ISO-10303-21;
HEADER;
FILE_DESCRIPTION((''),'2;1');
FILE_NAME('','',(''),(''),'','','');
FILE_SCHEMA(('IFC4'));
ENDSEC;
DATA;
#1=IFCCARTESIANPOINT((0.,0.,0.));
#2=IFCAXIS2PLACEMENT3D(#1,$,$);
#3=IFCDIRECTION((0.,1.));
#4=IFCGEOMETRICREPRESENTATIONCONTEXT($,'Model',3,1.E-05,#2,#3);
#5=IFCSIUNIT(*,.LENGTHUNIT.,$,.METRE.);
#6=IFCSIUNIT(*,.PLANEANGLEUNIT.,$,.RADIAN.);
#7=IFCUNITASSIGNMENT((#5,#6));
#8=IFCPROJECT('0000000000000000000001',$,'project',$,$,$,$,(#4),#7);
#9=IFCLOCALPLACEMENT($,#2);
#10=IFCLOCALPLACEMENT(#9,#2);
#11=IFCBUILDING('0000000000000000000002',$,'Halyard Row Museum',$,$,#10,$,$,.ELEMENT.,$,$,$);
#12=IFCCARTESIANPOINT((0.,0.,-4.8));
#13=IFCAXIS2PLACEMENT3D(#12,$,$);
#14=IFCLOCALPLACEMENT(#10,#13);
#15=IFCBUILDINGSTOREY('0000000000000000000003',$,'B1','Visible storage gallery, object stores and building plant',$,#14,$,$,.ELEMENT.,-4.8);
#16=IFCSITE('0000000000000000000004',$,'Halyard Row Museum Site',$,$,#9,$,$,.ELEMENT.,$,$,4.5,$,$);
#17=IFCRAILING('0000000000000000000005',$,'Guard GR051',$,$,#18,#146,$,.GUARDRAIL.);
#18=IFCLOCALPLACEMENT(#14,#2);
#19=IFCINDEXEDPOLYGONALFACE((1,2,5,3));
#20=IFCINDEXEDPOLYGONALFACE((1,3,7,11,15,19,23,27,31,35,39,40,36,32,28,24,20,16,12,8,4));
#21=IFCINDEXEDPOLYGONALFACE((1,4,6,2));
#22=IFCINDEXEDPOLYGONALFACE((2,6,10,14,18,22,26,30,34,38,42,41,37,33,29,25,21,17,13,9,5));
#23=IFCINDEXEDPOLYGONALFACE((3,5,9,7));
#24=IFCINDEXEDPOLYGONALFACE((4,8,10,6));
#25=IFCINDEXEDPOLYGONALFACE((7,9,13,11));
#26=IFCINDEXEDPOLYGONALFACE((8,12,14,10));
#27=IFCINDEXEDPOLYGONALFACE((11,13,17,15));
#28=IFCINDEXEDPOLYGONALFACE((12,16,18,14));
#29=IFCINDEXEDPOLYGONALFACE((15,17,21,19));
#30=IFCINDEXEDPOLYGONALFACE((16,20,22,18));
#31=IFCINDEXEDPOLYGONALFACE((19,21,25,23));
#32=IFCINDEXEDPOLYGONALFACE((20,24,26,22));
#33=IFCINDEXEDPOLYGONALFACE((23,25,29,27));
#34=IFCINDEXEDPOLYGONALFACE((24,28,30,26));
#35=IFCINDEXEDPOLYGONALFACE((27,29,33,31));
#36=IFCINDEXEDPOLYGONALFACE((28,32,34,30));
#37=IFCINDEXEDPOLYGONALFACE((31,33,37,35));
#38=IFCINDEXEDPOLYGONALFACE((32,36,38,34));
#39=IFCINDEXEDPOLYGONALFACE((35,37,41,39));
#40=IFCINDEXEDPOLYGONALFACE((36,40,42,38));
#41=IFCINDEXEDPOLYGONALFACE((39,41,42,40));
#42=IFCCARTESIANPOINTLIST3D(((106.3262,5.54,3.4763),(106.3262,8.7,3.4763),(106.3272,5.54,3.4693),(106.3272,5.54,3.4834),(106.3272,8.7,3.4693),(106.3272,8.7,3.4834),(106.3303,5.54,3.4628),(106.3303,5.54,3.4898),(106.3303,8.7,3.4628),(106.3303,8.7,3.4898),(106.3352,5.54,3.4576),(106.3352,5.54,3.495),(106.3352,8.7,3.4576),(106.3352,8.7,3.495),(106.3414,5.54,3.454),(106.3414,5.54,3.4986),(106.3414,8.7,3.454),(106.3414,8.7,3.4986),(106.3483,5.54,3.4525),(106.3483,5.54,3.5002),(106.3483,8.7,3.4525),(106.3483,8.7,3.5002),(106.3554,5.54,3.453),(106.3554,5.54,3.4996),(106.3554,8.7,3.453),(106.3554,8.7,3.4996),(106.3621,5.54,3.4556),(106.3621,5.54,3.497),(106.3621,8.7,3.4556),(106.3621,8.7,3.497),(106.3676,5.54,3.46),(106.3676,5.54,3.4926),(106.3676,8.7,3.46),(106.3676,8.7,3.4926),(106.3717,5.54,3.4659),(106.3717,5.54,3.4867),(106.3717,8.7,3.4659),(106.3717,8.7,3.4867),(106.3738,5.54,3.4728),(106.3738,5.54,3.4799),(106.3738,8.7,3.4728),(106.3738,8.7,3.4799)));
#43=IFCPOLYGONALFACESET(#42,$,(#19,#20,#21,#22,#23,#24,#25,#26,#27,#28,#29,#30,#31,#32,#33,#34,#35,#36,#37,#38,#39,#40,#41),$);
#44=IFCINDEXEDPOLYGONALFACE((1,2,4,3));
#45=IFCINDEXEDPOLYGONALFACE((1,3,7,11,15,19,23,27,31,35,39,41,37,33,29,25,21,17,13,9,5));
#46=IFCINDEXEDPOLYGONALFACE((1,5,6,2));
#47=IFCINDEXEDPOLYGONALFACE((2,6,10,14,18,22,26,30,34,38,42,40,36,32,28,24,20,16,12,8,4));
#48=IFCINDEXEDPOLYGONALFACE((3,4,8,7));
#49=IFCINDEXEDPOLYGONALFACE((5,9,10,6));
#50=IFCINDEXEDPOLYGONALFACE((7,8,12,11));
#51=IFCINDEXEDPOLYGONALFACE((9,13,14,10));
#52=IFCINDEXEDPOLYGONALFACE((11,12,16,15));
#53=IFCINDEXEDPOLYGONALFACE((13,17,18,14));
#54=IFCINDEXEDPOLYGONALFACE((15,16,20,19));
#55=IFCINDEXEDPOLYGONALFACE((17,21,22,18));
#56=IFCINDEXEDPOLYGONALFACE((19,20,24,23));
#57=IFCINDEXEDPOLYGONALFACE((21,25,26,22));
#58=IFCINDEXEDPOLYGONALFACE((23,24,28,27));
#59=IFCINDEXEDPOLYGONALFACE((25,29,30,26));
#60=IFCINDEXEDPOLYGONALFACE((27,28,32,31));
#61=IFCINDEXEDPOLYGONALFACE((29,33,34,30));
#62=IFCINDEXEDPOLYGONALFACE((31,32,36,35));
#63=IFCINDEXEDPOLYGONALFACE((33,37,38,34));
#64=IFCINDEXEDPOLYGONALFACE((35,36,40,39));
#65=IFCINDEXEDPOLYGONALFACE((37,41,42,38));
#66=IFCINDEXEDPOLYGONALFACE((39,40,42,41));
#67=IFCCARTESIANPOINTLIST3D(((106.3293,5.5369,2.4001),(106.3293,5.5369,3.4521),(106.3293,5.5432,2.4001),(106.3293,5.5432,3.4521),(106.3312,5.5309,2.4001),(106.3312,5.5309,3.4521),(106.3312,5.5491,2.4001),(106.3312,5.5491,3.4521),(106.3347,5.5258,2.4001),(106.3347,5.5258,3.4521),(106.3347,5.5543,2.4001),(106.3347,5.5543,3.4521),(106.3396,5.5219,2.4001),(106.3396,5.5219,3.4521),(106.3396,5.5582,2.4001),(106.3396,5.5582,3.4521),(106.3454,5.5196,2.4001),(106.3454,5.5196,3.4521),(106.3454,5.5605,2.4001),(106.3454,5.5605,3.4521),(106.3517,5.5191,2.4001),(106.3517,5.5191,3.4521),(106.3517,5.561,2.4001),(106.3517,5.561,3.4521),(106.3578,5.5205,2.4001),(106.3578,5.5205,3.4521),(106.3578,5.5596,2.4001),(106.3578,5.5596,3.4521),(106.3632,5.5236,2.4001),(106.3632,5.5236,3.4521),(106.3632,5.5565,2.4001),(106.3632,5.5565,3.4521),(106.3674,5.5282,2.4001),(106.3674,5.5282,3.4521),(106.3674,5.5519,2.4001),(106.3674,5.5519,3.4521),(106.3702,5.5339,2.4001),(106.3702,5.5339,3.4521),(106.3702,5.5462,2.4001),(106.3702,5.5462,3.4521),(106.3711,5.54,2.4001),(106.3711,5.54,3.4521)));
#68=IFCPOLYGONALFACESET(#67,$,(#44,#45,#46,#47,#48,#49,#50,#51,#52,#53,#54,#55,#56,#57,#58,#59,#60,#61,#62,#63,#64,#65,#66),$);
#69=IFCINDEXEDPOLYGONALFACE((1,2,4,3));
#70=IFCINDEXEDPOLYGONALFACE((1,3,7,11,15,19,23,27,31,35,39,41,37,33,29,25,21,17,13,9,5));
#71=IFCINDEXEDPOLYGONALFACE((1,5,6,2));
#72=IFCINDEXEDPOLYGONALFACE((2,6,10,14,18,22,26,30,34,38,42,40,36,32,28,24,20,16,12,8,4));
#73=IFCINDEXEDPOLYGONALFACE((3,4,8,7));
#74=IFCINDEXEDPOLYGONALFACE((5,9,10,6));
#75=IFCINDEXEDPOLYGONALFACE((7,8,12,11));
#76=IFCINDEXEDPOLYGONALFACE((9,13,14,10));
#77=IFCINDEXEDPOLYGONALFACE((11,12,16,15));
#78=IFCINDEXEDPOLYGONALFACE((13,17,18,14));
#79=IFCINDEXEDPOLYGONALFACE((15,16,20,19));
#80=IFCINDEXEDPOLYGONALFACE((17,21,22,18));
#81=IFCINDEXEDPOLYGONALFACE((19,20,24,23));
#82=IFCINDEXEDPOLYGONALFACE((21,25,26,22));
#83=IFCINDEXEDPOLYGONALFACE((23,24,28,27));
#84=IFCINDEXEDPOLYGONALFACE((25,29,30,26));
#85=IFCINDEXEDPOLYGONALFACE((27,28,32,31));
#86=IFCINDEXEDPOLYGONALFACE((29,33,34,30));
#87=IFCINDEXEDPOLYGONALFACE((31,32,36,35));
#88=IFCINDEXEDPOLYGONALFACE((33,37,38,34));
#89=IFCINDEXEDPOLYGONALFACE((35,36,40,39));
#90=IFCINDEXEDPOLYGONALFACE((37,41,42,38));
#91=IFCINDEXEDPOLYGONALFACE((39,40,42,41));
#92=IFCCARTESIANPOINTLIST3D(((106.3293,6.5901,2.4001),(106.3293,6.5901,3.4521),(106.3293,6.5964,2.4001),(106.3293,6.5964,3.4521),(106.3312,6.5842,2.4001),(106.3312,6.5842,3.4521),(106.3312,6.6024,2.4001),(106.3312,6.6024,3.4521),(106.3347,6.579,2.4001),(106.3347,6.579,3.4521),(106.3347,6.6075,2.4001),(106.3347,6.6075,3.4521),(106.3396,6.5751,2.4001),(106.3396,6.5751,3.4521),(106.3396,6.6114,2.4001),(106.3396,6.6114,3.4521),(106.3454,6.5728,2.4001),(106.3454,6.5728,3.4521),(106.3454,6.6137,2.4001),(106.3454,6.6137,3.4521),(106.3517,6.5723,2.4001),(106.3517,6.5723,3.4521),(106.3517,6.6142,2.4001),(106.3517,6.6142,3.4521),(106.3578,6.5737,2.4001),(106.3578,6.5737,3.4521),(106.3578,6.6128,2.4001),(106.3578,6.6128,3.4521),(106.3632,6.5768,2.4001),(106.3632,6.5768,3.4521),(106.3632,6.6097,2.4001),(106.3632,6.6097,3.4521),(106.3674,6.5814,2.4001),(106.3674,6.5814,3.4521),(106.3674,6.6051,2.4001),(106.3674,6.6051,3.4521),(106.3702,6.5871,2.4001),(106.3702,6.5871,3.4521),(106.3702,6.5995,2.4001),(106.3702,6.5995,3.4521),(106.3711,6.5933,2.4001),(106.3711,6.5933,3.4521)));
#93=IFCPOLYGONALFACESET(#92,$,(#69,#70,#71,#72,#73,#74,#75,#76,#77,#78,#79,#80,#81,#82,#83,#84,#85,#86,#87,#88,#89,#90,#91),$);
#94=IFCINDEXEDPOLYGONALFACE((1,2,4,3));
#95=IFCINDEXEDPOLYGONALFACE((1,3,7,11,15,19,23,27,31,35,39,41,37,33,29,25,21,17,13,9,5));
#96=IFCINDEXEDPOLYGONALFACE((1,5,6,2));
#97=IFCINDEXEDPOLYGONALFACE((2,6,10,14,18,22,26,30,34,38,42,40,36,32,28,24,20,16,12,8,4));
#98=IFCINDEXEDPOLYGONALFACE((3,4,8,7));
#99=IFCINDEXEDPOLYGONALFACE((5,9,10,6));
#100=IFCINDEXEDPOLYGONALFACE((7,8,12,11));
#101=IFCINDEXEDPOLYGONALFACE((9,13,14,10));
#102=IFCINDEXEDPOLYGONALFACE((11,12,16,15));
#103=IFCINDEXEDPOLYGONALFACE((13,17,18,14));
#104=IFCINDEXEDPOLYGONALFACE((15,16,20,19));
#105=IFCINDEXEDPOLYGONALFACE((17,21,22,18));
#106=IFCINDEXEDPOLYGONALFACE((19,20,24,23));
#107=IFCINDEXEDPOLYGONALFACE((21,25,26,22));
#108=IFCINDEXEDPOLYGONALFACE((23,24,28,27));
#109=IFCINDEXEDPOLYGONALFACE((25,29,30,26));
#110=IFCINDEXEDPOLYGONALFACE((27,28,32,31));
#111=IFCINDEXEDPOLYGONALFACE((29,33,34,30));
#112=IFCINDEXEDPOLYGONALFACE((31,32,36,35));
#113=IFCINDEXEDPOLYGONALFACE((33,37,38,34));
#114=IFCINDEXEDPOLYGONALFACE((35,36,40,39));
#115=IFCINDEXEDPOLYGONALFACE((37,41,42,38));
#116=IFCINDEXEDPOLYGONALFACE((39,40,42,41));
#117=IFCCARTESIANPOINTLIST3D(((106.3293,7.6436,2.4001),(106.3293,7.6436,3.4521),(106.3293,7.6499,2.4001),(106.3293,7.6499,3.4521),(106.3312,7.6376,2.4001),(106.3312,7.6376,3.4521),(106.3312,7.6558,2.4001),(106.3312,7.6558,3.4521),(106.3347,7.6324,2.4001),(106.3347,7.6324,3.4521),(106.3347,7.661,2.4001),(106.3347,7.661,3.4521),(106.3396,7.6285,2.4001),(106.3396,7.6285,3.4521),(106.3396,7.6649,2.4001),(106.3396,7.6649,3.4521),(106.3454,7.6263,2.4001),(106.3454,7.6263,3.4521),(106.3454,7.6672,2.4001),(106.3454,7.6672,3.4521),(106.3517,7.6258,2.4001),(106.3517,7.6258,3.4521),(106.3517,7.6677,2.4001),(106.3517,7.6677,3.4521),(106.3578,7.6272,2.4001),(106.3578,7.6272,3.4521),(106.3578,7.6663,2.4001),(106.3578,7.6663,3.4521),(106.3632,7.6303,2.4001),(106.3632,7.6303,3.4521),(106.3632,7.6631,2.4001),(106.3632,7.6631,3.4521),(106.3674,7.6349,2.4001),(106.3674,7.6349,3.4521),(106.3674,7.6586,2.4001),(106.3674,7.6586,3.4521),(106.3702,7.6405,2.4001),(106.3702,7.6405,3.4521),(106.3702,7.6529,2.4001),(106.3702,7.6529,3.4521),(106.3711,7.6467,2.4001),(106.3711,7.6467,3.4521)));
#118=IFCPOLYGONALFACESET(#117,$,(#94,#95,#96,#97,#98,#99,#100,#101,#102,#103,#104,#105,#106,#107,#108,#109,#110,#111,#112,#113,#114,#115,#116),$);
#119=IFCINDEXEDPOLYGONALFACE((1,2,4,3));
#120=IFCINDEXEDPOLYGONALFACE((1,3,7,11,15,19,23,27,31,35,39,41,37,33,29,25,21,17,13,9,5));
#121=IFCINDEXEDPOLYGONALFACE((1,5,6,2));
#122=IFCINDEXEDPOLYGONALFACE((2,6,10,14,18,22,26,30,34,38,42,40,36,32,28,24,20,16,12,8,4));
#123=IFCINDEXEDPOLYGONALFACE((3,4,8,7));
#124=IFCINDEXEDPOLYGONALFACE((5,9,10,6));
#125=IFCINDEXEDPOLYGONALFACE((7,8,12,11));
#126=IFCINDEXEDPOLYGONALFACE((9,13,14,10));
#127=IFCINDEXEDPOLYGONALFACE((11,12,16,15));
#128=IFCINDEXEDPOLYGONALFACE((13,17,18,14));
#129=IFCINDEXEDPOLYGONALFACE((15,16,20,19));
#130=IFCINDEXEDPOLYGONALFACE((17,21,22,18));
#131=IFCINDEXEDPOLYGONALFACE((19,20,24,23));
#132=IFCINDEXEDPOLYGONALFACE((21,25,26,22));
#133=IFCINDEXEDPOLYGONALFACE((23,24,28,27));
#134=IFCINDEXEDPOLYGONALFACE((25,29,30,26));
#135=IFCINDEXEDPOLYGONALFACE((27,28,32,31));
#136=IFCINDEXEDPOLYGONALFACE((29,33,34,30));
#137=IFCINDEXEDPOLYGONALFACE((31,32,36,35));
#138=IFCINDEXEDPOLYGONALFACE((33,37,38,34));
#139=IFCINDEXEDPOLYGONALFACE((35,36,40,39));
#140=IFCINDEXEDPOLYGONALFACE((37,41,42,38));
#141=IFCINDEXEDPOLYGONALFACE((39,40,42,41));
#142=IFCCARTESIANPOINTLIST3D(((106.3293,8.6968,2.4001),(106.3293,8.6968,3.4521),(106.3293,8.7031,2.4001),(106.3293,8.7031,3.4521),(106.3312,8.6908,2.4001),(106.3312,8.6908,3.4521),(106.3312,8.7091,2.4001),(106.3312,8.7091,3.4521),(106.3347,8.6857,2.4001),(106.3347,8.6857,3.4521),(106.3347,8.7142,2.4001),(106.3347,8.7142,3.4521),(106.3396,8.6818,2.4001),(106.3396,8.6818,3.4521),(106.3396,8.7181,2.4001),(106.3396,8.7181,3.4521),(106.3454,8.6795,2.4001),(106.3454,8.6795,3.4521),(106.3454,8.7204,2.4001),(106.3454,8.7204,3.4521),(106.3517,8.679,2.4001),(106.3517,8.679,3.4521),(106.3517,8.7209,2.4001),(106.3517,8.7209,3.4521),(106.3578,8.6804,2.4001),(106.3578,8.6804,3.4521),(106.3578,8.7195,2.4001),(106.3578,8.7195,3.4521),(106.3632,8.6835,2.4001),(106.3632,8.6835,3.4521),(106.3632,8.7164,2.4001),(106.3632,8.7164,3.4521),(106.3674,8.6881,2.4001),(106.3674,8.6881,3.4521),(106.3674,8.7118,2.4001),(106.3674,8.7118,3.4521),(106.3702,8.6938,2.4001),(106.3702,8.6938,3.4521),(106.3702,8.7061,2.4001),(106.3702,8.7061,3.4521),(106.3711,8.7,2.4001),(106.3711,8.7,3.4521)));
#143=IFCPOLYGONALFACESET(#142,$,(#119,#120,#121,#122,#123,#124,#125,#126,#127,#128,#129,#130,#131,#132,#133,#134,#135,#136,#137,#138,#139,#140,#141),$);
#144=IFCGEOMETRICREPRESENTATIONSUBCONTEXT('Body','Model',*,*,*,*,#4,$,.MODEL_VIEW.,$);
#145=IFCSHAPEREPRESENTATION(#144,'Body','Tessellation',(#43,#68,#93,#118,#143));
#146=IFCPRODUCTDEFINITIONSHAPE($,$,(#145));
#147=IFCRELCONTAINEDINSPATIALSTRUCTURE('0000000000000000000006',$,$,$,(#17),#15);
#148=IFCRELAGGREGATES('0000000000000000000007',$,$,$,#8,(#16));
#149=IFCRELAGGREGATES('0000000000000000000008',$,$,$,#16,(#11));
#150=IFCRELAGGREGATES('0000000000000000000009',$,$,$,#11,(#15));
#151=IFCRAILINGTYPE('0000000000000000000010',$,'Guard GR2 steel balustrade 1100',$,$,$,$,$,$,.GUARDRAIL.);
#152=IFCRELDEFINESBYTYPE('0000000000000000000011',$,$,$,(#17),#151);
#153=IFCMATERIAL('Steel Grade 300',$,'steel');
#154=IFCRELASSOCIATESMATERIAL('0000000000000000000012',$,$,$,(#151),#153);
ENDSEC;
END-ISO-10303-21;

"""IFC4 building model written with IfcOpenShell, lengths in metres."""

from ifc_helpers import new_model, si_unit, direction, frame, origin, origin_2d, place, context, subcontext, project, spatial, circle, extrude, material, type_object, element, save


model = new_model("IFC4")

# Units and contexts
model_context = context("Model", 3, precision=1e-05, world=origin(), true_north=direction((0.0, 1.0)))
body_context = subcontext(model_context, "Body", "Model", "MODEL_VIEW")
ifc_project = project(units=[si_unit("LENGTHUNIT", "METRE"), si_unit("PLANEANGLEUNIT", "RADIAN")], contexts=[model_context])

# Site, building, storey
site_placement = place(None, origin())
site = spatial("IfcSite", under=ifc_project, at=site_placement, Name="Halyard Row Museum Site", CompositionType="ELEMENT", RefElevation=4.5)
building_placement = place(site_placement, origin())
building = spatial("IfcBuilding", under=site, at=building_placement, Name="Halyard Row Museum", CompositionType="ELEMENT")
storey_placement = place(building_placement, frame((0.0, 0.0, -4.8)))
storey = spatial("IfcBuildingStorey", under=building, at=storey_placement, Name="B1", Description="Visible storage gallery, object stores and building plant", CompositionType="ELEMENT", Elevation=-4.8)

# Railing
ifc_material_1 = material(Name="Steel Grade 300", Category="steel")
railing_type_1 = type_object("IfcRailingType", Name="Guard GR2 steel balustrade 1100", PredefinedType="GUARDRAIL", material=ifc_material_1)
railing_1_placement = place(storey_placement, frame((106.3501, 5.54, 2.4001)))
element("IfcRailing", 1, at=railing_1_placement, inside=storey, type_object=railing_type_1, Name="Guard GR051", PredefinedType="GUARDRAIL", context=body_context, shape_type="SweptSolid", body=[
    extrude(circle(Radius=0.0239, at=origin_2d()), frame((0.0, 0.0, 1.0762), z_axis=(0.0, 1.0, 0.0), x_axis=(-1.0, 0.0, 0.0)), (0.0, 0.0, 1.0), 3.1599),
    extrude(circle(Radius=0.021, at=origin_2d()), origin(), (0.0, 0.0, 1.0), 1.052),
    extrude(circle(Radius=0.021, at=origin_2d()), frame((0.0, 1.0532, 0.0)), (0.0, 0.0, 1.0), 1.052),
    extrude(circle(Radius=0.021, at=origin_2d()), frame((0.0, 2.1067, 0.0)), (0.0, 0.0, 1.0), 1.052),
    extrude(circle(Radius=0.021, at=origin_2d()), frame((0.0, 3.1599, 0.0)), (0.0, 0.0, 1.0), 1.052),
])

save(model, "model.ifc")
